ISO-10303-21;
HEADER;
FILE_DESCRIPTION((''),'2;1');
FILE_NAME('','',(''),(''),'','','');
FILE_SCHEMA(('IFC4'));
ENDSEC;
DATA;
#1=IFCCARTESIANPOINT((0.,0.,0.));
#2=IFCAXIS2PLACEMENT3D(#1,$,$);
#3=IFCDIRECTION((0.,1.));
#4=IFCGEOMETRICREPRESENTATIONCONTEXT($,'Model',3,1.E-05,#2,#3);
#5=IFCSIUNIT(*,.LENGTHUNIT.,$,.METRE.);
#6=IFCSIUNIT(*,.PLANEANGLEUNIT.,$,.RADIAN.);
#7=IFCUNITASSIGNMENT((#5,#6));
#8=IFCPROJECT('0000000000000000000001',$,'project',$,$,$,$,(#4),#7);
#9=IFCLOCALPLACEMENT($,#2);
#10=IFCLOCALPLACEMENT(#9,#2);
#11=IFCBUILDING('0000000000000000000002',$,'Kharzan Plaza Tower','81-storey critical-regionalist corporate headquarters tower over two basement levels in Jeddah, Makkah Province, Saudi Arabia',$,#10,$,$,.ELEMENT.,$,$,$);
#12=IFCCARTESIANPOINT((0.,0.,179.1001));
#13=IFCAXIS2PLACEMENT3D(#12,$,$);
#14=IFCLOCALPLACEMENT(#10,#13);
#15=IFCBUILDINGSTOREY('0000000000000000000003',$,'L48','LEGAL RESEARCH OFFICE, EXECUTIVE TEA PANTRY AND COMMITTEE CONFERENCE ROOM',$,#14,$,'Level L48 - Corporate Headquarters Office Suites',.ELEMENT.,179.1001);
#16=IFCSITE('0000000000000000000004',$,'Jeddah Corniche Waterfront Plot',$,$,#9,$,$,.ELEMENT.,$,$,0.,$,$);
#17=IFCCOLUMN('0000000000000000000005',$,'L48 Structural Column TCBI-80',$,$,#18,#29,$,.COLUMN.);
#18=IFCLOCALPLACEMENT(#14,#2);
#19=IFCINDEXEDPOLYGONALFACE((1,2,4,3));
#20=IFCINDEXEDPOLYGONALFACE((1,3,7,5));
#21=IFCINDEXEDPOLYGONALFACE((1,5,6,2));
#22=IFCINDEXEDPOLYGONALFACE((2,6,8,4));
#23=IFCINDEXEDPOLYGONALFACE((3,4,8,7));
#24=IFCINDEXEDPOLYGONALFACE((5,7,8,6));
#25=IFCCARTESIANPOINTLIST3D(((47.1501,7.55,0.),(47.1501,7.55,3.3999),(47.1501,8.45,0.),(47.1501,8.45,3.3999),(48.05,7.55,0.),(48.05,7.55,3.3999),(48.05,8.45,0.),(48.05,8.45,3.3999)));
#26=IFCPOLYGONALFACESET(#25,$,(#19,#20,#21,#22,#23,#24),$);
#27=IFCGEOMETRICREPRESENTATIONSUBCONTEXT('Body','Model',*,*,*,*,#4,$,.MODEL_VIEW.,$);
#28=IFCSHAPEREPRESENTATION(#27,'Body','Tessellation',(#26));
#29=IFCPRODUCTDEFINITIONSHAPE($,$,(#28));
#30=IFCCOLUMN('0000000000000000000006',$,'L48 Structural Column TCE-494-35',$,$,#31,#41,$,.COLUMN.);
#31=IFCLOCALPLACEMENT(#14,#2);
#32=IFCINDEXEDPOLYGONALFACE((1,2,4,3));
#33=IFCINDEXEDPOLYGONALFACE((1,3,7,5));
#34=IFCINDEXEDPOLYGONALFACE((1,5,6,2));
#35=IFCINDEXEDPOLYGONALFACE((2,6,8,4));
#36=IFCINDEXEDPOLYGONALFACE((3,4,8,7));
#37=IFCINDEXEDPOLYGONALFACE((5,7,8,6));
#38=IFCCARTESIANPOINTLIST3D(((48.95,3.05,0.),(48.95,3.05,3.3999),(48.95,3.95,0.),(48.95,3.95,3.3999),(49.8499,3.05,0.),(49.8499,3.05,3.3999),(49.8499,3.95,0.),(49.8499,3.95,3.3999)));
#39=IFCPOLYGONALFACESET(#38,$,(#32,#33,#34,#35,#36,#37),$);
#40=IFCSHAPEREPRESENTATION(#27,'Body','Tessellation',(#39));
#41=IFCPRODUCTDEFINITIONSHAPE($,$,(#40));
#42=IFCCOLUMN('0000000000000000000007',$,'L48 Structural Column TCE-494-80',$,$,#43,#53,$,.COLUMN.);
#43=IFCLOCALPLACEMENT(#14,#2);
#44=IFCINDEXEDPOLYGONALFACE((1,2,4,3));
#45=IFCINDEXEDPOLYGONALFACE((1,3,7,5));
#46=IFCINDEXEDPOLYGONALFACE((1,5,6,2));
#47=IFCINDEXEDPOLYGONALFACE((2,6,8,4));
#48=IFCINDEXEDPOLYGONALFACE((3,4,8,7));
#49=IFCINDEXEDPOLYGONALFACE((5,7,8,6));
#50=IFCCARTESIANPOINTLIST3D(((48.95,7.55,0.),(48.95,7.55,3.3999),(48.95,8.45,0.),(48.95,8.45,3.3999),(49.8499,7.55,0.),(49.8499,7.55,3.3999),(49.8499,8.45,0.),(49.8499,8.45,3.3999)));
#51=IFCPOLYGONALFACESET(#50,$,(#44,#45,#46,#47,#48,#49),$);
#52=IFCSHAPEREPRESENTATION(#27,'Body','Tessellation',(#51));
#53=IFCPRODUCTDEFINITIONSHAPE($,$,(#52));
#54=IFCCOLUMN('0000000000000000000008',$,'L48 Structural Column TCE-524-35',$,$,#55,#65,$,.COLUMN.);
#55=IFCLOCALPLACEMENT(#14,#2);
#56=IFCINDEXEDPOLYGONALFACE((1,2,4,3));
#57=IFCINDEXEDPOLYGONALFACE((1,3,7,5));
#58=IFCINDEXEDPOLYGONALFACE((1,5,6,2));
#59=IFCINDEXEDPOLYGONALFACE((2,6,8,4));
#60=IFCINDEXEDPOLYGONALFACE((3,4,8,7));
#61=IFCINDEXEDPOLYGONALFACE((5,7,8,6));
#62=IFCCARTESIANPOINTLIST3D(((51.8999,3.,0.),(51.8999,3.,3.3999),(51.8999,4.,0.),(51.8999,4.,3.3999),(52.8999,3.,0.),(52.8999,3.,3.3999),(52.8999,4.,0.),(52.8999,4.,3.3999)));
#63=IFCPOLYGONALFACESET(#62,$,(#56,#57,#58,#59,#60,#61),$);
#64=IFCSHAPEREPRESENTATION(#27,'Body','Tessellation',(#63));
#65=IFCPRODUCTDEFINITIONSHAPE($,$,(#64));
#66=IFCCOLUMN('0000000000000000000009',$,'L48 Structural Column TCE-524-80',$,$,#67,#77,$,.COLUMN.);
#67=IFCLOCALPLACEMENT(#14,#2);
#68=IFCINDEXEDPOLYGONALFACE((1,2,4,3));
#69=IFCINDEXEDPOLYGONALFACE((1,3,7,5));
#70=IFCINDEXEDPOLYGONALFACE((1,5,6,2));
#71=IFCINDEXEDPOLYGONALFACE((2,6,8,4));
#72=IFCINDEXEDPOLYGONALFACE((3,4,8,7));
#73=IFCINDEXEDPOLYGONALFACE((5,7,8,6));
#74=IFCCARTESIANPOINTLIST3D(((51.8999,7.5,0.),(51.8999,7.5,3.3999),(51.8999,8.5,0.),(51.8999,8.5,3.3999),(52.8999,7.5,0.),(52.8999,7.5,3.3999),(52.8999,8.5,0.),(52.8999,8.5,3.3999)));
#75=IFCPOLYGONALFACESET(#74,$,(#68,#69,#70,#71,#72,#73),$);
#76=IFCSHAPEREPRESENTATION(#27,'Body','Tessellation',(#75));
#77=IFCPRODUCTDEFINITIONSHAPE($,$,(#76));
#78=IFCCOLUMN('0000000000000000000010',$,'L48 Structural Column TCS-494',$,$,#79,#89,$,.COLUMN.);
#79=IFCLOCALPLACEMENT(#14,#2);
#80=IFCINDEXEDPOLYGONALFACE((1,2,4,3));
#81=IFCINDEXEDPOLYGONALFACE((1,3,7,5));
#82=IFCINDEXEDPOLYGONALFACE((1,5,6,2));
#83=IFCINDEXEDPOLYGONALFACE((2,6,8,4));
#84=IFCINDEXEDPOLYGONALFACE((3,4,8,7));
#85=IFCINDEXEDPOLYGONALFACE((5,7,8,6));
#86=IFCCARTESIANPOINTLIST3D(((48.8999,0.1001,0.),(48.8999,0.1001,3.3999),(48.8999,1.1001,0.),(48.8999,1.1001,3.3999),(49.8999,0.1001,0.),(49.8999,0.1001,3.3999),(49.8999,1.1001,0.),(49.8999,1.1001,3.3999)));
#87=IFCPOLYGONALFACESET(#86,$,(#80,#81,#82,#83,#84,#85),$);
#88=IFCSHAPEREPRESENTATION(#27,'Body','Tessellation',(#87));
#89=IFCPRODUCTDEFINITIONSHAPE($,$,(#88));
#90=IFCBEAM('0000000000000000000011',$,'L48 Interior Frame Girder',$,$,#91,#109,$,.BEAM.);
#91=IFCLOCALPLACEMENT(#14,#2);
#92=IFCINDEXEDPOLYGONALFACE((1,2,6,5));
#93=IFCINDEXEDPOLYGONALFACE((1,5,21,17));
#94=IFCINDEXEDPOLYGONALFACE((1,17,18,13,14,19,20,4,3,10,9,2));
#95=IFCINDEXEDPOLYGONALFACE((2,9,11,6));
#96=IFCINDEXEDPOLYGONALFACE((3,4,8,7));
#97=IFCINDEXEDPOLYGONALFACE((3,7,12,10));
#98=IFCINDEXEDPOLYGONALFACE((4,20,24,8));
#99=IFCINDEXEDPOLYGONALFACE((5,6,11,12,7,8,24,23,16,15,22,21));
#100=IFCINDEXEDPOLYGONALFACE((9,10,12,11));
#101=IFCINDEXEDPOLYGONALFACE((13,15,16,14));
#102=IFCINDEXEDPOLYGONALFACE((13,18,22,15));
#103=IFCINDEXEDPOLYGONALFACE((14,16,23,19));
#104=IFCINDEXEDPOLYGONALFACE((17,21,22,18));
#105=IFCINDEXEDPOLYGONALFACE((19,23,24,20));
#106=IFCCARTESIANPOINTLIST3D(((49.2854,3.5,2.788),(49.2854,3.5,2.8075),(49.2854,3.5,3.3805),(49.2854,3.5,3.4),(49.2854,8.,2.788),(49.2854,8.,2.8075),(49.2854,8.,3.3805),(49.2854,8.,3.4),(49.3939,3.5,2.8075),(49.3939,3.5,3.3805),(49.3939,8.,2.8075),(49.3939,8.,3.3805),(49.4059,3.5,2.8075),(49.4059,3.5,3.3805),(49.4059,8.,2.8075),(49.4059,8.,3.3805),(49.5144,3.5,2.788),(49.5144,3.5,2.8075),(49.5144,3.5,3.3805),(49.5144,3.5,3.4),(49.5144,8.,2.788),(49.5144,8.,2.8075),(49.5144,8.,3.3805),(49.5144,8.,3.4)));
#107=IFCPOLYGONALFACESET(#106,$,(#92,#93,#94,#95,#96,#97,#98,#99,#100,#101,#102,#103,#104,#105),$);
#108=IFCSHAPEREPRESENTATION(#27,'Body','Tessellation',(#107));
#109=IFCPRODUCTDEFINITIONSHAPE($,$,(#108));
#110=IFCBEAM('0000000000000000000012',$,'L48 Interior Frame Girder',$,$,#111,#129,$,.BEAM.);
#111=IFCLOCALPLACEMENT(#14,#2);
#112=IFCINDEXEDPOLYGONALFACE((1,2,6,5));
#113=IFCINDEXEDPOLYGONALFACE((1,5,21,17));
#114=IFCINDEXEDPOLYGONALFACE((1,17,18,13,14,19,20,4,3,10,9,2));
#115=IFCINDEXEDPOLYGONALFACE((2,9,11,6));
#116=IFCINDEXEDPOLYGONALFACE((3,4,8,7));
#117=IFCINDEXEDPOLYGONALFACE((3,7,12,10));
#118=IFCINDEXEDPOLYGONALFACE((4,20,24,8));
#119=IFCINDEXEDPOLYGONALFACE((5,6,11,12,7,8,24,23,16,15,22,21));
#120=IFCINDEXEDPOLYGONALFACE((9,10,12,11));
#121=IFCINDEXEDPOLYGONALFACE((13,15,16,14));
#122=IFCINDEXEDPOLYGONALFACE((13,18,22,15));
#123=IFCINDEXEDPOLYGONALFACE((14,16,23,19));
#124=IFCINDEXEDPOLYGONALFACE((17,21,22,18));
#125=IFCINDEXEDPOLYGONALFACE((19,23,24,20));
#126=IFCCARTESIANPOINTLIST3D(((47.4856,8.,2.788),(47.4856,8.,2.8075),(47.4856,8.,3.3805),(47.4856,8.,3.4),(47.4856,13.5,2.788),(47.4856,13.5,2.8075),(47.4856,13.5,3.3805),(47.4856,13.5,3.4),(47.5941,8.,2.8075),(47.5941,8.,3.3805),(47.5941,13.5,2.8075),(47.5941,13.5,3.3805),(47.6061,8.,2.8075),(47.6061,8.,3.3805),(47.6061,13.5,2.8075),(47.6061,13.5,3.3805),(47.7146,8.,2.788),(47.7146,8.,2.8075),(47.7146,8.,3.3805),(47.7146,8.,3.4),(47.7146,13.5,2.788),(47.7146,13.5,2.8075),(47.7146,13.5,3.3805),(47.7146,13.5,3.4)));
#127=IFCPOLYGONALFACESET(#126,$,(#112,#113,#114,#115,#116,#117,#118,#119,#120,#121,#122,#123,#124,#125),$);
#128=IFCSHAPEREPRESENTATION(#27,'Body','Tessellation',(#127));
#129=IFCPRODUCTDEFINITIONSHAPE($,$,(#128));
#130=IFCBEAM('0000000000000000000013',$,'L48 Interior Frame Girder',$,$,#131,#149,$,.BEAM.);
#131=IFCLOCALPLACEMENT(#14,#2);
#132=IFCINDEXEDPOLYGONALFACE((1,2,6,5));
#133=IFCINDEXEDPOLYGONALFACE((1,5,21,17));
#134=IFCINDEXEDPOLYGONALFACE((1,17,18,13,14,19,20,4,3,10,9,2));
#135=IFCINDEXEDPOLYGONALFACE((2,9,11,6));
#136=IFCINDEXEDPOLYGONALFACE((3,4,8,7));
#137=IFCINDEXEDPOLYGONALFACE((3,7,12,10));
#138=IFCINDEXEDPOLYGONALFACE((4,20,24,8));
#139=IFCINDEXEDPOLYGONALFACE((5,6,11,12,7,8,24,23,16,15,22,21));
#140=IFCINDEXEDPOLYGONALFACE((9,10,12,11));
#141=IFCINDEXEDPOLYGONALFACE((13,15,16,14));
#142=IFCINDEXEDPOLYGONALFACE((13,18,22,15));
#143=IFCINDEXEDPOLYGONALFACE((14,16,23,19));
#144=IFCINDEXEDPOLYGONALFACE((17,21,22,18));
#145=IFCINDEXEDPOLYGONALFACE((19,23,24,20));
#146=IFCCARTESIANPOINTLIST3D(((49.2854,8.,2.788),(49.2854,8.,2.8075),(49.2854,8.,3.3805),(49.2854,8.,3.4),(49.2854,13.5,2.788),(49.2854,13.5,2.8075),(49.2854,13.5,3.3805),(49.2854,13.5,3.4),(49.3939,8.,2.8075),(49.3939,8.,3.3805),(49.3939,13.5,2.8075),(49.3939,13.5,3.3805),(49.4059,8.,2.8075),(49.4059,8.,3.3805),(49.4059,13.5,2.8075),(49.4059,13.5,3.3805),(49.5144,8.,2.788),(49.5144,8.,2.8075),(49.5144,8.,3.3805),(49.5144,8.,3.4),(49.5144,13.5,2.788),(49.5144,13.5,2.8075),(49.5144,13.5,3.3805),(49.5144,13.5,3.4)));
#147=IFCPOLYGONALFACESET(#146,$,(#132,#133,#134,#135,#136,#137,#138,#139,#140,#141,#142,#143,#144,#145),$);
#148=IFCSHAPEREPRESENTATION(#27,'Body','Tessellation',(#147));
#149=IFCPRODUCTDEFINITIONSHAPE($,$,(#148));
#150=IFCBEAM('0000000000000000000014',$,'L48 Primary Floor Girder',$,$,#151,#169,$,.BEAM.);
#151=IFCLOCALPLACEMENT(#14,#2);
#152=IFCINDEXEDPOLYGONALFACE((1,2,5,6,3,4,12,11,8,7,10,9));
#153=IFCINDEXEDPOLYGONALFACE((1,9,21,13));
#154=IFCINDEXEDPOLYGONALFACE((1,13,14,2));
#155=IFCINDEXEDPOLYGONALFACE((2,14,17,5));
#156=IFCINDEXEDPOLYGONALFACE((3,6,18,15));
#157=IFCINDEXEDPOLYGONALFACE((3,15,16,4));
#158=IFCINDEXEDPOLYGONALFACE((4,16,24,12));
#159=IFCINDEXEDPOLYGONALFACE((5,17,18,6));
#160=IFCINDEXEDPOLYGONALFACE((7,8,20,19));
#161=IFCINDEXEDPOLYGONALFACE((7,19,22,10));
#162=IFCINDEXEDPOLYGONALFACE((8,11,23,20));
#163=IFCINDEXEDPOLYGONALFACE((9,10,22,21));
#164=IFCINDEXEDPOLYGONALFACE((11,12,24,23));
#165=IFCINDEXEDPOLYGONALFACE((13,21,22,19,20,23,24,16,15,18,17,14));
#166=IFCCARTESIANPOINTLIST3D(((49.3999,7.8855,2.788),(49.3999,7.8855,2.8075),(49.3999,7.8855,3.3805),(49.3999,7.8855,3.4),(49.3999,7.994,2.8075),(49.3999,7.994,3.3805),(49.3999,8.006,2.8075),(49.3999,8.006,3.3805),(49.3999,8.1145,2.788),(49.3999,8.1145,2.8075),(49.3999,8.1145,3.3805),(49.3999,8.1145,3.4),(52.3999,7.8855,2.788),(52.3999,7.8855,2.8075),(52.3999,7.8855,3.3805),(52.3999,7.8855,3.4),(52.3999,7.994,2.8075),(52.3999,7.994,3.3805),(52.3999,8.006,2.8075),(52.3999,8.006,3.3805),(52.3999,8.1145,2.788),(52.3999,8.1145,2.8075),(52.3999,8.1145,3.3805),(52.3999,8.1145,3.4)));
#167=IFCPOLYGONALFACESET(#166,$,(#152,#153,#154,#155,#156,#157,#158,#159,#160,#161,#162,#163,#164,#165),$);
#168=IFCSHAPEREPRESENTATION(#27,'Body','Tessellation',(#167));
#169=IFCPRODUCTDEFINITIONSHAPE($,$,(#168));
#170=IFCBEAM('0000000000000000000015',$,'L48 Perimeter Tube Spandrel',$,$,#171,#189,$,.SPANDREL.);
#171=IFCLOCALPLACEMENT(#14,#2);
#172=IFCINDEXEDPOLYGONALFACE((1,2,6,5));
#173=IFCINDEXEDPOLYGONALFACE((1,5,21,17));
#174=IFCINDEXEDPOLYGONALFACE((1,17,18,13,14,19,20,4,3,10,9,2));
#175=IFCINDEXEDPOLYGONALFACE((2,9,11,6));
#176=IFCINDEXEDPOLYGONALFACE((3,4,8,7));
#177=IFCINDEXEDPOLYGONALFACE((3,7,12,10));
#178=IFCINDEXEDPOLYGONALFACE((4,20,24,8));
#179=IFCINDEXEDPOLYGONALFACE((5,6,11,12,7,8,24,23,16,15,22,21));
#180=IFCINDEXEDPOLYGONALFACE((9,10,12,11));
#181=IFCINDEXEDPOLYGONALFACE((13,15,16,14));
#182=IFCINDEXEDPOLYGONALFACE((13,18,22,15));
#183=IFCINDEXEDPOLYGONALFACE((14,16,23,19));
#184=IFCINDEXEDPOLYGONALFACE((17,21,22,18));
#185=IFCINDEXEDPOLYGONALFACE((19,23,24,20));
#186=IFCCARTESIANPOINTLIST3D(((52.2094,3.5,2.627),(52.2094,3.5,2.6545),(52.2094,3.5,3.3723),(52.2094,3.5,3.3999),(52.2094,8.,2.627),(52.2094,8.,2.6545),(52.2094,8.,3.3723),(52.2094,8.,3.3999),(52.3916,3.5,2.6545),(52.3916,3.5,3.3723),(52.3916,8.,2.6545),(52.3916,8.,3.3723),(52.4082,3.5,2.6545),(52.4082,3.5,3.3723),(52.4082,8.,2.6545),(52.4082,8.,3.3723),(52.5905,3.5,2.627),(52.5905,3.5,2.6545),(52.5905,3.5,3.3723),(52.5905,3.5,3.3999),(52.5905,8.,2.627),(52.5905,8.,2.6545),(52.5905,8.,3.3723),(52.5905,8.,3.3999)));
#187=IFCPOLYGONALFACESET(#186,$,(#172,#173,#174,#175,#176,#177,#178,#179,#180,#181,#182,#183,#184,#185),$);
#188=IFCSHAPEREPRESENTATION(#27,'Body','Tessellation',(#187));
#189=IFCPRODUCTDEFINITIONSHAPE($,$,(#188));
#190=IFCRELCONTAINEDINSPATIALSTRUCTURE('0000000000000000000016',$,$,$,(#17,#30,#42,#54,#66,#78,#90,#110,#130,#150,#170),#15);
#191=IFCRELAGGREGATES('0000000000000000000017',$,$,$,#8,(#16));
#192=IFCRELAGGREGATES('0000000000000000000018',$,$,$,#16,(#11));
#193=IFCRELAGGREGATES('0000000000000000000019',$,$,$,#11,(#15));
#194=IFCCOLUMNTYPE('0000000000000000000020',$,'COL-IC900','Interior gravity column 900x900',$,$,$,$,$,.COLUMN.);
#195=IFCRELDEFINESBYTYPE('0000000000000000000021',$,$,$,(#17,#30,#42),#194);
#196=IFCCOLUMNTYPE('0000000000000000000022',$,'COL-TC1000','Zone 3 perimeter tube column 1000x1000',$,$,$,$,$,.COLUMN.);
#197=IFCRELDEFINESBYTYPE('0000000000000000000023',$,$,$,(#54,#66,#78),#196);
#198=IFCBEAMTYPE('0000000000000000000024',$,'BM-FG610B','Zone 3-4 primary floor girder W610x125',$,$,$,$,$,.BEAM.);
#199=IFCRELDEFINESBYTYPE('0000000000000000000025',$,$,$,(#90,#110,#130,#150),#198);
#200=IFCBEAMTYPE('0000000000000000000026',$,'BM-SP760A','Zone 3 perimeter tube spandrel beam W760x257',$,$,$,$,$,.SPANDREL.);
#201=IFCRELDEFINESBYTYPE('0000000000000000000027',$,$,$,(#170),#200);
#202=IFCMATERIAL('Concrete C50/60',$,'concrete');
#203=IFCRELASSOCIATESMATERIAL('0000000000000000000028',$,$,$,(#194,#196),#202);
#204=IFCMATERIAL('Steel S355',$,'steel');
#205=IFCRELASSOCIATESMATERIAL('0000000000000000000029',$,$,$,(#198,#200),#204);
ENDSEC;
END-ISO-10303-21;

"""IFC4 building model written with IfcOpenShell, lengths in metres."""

from ifc_helpers import new_model, si_unit, direction, frame, origin, origin_2d, place, context, subcontext, project, spatial, rectangle, i_section, extrude, source, transform, mapped, material, material_profile, profile_set, type_object, element, save


model = new_model("IFC4")

# Units and contexts
model_context = context("Model", 3, precision=1e-05, world=origin(), true_north=direction((0.0, 1.0)))
body_context = subcontext(model_context, "Body", "Model", "MODEL_VIEW")
ifc_project = project(units=[si_unit("LENGTHUNIT", "METRE"), si_unit("PLANEANGLEUNIT", "RADIAN")], contexts=[model_context])

# Site, building, storey
site_placement = place(None, origin())
site = spatial("IfcSite", under=ifc_project, at=site_placement, Name="Jeddah Corniche Waterfront Plot", CompositionType="ELEMENT", RefElevation=0.0)
building_placement = place(site_placement, origin())
building = spatial("IfcBuilding", under=site, at=building_placement, Name="Kharzan Plaza Tower", Description="81-storey critical-regionalist corporate headquarters tower over two basement levels in Jeddah, Makkah Province, Saudi Arabia", CompositionType="ELEMENT")
storey_placement = place(building_placement, frame((0.0, 0.0, 179.1001)))
storey = spatial("IfcBuildingStorey", under=building, at=storey_placement, Name="L48", Description="LEGAL RESEARCH OFFICE, EXECUTIVE TEA PANTRY AND COMMITTEE CONFERENCE ROOM", LongName="Level L48 - Corporate Headquarters Office Suites", CompositionType="ELEMENT", Elevation=179.1001)

# Columns
ifc_material_1 = material(Name="Concrete C50/60", Category="concrete")
ifc_material_profile_1 = material_profile(ifc_material_1, rectangle(XDim=0.8999, YDim=0.8999, at=origin_2d()), Name="RC-IC900x900")
ifc_profile_set_1 = profile_set([ifc_material_profile_1], Name="Concrete C50/60")
column_type_1 = type_object("IfcColumnType", Name="COL-IC900", Description="Interior gravity column 900x900", PredefinedType="COLUMN", material=ifc_profile_set_1)
shared_shape_1 = source(origin(), body_context, "Body", "SweptSolid", [
    extrude(rectangle(XDim=0.8999, YDim=0.8999, at=origin_2d()), origin(), (0.0, 0.0, 1.0), 3.3999),
])
for number, where, z_axis, x_axis, name in (
    (1, (47.6001, 8.0, 0.0), (0.0, 0.0, 1.0), (1.0, 0.0, 0.0), "L48 Structural Column TCBI-80"),
    (2, (49.3999, 3.5, 0.0), (0.0, 0.0, 1.0), (1.0, 0.0, 0.0), "L48 Structural Column TCE-494-35"),
    (3, (49.3999, 8.0, 0.0), (0.0, 0.0, 1.0), (1.0, 0.0, 0.0), "L48 Structural Column TCE-494-80"),
):
    element("IfcColumn", number, at=place(storey_placement, frame(where, z_axis=z_axis, x_axis=x_axis)), inside=storey, type_object=column_type_1, Name=name, PredefinedType="COLUMN", context=body_context, shape_type="MappedRepresentation", body=[
        mapped(shared_shape_1, transform((0.0, 0.0, 0.0), x_axis=(1.0, 0.0, 0.0), y_axis=(0.0, 1.0, 0.0), z_axis=(0.0, 0.0, 1.0))),
    ])
ifc_material_profile_2 = material_profile(ifc_material_1, rectangle(XDim=1.0, YDim=1.0, at=origin_2d()), Name="RC-TC1000x1000")
ifc_profile_set_2 = profile_set([ifc_material_profile_2], Name="Concrete C50/60")
column_type_2 = type_object("IfcColumnType", Name="COL-TC1000", Description="Zone 3 perimeter tube column 1000x1000", PredefinedType="COLUMN", material=ifc_profile_set_2)
shared_shape_2 = source(origin(), body_context, "Body", "SweptSolid", [
    extrude(rectangle(XDim=1.0, YDim=1.0, at=origin_2d()), origin(), (0.0, 0.0, 1.0), 3.3999),
])
for number, where, z_axis, x_axis, name in (
    (4, (52.3999, 3.5, 0.0), (0.0, 0.0, 1.0), (1.0, 0.0, 0.0), "L48 Structural Column TCE-524-35"),
    (5, (52.3999, 8.0, 0.0), (0.0, 0.0, 1.0), (1.0, 0.0, 0.0), "L48 Structural Column TCE-524-80"),
    (6, (49.3999, 0.6001, 0.0), (0.0, 0.0, 1.0), (1.0, 0.0, 0.0), "L48 Structural Column TCS-494"),
):
    element("IfcColumn", number, at=place(storey_placement, frame(where, z_axis=z_axis, x_axis=x_axis)), inside=storey, type_object=column_type_2, Name=name, PredefinedType="COLUMN", context=body_context, shape_type="MappedRepresentation", body=[
        mapped(shared_shape_2, transform((0.0, 0.0, 0.0), x_axis=(1.0, 0.0, 0.0), y_axis=(0.0, 1.0, 0.0), z_axis=(0.0, 0.0, 1.0))),
    ])

# Beams
ifc_material_2 = material(Name="Steel S355", Category="steel")
ifc_material_profile_3 = material_profile(ifc_material_2, i_section(OverallWidth=0.229, OverallDepth=0.6121, WebThickness=0.012, FlangeThickness=0.0195, at=origin_2d()), Name="W610x125")
ifc_profile_set_3 = profile_set([ifc_material_profile_3], Name="Steel S355")
beam_type_1 = type_object("IfcBeamType", Name="BM-FG610B", Description="Zone 3-4 primary floor girder W610x125", PredefinedType="BEAM", material=ifc_profile_set_3)
shared_shape_3 = source(origin(), body_context, "Body", "SweptSolid", [
    extrude(i_section(OverallWidth=0.229, OverallDepth=0.6121, WebThickness=0.012, FlangeThickness=0.0195, at=origin_2d()), origin(), (0.0, 0.0, 1.0), 4.5),
])
beam_1_placement = place(storey_placement, frame((49.3999, 3.5, 3.094), z_axis=(0.0, 1.0, 0.0), x_axis=(-1.0, 0.0, 0.0)))
element("IfcBeam", 7, at=beam_1_placement, inside=storey, type_object=beam_type_1, Name="L48 Interior Frame Girder", PredefinedType="BEAM", context=body_context, shape_type="MappedRepresentation", body=[
    mapped(shared_shape_3, transform((0.0, 0.0, 0.0), x_axis=(1.0, 0.0, 0.0), y_axis=(0.0, 1.0, 0.0), z_axis=(0.0, 0.0, 1.0))),
])
shared_shape_4 = source(origin(), body_context, "Body", "SweptSolid", [
    extrude(i_section(OverallWidth=0.229, OverallDepth=0.6121, WebThickness=0.012, FlangeThickness=0.0195, at=origin_2d()), origin(), (0.0, 0.0, 1.0), 5.5),
])
for number, where, z_axis, x_axis, name in (
    (8, (47.6001, 8.0, 3.094), (0.0, 1.0, 0.0), (-1.0, 0.0, 0.0), "L48 Interior Frame Girder"),
    (9, (49.3999, 8.0, 3.094), (0.0, 1.0, 0.0), (-1.0, 0.0, 0.0), "L48 Interior Frame Girder"),
):
    element("IfcBeam", number, at=place(storey_placement, frame(where, z_axis=z_axis, x_axis=x_axis)), inside=storey, type_object=beam_type_1, Name=name, PredefinedType="BEAM", context=body_context, shape_type="MappedRepresentation", body=[
        mapped(shared_shape_4, transform((0.0, 0.0, 0.0), x_axis=(1.0, 0.0, 0.0), y_axis=(0.0, 1.0, 0.0), z_axis=(0.0, 0.0, 1.0))),
    ])
shared_shape_5 = source(origin(), body_context, "Body", "SweptSolid", [
    extrude(i_section(OverallWidth=0.229, OverallDepth=0.6121, WebThickness=0.012, FlangeThickness=0.0195, at=origin_2d()), origin(), (0.0, 0.0, 1.0), 3.0),
])
beam_2_placement = place(storey_placement, frame((49.3999, 8.0, 3.094), z_axis=(1.0, 0.0, 0.0), x_axis=(0.0, 1.0, 0.0)))
element("IfcBeam", 10, at=beam_2_placement, inside=storey, type_object=beam_type_1, Name="L48 Primary Floor Girder", PredefinedType="BEAM", context=body_context, shape_type="MappedRepresentation", body=[
    mapped(shared_shape_5, transform((0.0, 0.0, 0.0), x_axis=(1.0, 0.0, 0.0), y_axis=(0.0, 1.0, 0.0), z_axis=(0.0, 0.0, 1.0))),
])
ifc_material_profile_4 = material_profile(ifc_material_2, i_section(OverallWidth=0.3811, OverallDepth=0.7729, WebThickness=0.0166, FlangeThickness=0.0276, at=origin_2d()), Name="W760x257")
ifc_profile_set_4 = profile_set([ifc_material_profile_4], Name="Steel S355")
beam_type_2 = type_object("IfcBeamType", Name="BM-SP760A", Description="Zone 3 perimeter tube spandrel beam W760x257", PredefinedType="SPANDREL", material=ifc_profile_set_4)
shared_shape_6 = source(origin(), body_context, "Body", "SweptSolid", [
    extrude(i_section(OverallWidth=0.3811, OverallDepth=0.7729, WebThickness=0.0166, FlangeThickness=0.0276, at=origin_2d()), origin(), (0.0, 0.0, 1.0), 4.5),
])
beam_3_placement = place(storey_placement, frame((52.3999, 3.5, 3.0134), z_axis=(0.0, 1.0, 0.0), x_axis=(-1.0, 0.0, 0.0)))
element("IfcBeam", 11, at=beam_3_placement, inside=storey, type_object=beam_type_2, Name="L48 Perimeter Tube Spandrel", PredefinedType="SPANDREL", context=body_context, shape_type="MappedRepresentation", body=[
    mapped(shared_shape_6, transform((0.0, 0.0, 0.0), x_axis=(1.0, 0.0, 0.0), y_axis=(0.0, 1.0, 0.0), z_axis=(0.0, 0.0, 1.0))),
])

save(model, "model.ifc")
